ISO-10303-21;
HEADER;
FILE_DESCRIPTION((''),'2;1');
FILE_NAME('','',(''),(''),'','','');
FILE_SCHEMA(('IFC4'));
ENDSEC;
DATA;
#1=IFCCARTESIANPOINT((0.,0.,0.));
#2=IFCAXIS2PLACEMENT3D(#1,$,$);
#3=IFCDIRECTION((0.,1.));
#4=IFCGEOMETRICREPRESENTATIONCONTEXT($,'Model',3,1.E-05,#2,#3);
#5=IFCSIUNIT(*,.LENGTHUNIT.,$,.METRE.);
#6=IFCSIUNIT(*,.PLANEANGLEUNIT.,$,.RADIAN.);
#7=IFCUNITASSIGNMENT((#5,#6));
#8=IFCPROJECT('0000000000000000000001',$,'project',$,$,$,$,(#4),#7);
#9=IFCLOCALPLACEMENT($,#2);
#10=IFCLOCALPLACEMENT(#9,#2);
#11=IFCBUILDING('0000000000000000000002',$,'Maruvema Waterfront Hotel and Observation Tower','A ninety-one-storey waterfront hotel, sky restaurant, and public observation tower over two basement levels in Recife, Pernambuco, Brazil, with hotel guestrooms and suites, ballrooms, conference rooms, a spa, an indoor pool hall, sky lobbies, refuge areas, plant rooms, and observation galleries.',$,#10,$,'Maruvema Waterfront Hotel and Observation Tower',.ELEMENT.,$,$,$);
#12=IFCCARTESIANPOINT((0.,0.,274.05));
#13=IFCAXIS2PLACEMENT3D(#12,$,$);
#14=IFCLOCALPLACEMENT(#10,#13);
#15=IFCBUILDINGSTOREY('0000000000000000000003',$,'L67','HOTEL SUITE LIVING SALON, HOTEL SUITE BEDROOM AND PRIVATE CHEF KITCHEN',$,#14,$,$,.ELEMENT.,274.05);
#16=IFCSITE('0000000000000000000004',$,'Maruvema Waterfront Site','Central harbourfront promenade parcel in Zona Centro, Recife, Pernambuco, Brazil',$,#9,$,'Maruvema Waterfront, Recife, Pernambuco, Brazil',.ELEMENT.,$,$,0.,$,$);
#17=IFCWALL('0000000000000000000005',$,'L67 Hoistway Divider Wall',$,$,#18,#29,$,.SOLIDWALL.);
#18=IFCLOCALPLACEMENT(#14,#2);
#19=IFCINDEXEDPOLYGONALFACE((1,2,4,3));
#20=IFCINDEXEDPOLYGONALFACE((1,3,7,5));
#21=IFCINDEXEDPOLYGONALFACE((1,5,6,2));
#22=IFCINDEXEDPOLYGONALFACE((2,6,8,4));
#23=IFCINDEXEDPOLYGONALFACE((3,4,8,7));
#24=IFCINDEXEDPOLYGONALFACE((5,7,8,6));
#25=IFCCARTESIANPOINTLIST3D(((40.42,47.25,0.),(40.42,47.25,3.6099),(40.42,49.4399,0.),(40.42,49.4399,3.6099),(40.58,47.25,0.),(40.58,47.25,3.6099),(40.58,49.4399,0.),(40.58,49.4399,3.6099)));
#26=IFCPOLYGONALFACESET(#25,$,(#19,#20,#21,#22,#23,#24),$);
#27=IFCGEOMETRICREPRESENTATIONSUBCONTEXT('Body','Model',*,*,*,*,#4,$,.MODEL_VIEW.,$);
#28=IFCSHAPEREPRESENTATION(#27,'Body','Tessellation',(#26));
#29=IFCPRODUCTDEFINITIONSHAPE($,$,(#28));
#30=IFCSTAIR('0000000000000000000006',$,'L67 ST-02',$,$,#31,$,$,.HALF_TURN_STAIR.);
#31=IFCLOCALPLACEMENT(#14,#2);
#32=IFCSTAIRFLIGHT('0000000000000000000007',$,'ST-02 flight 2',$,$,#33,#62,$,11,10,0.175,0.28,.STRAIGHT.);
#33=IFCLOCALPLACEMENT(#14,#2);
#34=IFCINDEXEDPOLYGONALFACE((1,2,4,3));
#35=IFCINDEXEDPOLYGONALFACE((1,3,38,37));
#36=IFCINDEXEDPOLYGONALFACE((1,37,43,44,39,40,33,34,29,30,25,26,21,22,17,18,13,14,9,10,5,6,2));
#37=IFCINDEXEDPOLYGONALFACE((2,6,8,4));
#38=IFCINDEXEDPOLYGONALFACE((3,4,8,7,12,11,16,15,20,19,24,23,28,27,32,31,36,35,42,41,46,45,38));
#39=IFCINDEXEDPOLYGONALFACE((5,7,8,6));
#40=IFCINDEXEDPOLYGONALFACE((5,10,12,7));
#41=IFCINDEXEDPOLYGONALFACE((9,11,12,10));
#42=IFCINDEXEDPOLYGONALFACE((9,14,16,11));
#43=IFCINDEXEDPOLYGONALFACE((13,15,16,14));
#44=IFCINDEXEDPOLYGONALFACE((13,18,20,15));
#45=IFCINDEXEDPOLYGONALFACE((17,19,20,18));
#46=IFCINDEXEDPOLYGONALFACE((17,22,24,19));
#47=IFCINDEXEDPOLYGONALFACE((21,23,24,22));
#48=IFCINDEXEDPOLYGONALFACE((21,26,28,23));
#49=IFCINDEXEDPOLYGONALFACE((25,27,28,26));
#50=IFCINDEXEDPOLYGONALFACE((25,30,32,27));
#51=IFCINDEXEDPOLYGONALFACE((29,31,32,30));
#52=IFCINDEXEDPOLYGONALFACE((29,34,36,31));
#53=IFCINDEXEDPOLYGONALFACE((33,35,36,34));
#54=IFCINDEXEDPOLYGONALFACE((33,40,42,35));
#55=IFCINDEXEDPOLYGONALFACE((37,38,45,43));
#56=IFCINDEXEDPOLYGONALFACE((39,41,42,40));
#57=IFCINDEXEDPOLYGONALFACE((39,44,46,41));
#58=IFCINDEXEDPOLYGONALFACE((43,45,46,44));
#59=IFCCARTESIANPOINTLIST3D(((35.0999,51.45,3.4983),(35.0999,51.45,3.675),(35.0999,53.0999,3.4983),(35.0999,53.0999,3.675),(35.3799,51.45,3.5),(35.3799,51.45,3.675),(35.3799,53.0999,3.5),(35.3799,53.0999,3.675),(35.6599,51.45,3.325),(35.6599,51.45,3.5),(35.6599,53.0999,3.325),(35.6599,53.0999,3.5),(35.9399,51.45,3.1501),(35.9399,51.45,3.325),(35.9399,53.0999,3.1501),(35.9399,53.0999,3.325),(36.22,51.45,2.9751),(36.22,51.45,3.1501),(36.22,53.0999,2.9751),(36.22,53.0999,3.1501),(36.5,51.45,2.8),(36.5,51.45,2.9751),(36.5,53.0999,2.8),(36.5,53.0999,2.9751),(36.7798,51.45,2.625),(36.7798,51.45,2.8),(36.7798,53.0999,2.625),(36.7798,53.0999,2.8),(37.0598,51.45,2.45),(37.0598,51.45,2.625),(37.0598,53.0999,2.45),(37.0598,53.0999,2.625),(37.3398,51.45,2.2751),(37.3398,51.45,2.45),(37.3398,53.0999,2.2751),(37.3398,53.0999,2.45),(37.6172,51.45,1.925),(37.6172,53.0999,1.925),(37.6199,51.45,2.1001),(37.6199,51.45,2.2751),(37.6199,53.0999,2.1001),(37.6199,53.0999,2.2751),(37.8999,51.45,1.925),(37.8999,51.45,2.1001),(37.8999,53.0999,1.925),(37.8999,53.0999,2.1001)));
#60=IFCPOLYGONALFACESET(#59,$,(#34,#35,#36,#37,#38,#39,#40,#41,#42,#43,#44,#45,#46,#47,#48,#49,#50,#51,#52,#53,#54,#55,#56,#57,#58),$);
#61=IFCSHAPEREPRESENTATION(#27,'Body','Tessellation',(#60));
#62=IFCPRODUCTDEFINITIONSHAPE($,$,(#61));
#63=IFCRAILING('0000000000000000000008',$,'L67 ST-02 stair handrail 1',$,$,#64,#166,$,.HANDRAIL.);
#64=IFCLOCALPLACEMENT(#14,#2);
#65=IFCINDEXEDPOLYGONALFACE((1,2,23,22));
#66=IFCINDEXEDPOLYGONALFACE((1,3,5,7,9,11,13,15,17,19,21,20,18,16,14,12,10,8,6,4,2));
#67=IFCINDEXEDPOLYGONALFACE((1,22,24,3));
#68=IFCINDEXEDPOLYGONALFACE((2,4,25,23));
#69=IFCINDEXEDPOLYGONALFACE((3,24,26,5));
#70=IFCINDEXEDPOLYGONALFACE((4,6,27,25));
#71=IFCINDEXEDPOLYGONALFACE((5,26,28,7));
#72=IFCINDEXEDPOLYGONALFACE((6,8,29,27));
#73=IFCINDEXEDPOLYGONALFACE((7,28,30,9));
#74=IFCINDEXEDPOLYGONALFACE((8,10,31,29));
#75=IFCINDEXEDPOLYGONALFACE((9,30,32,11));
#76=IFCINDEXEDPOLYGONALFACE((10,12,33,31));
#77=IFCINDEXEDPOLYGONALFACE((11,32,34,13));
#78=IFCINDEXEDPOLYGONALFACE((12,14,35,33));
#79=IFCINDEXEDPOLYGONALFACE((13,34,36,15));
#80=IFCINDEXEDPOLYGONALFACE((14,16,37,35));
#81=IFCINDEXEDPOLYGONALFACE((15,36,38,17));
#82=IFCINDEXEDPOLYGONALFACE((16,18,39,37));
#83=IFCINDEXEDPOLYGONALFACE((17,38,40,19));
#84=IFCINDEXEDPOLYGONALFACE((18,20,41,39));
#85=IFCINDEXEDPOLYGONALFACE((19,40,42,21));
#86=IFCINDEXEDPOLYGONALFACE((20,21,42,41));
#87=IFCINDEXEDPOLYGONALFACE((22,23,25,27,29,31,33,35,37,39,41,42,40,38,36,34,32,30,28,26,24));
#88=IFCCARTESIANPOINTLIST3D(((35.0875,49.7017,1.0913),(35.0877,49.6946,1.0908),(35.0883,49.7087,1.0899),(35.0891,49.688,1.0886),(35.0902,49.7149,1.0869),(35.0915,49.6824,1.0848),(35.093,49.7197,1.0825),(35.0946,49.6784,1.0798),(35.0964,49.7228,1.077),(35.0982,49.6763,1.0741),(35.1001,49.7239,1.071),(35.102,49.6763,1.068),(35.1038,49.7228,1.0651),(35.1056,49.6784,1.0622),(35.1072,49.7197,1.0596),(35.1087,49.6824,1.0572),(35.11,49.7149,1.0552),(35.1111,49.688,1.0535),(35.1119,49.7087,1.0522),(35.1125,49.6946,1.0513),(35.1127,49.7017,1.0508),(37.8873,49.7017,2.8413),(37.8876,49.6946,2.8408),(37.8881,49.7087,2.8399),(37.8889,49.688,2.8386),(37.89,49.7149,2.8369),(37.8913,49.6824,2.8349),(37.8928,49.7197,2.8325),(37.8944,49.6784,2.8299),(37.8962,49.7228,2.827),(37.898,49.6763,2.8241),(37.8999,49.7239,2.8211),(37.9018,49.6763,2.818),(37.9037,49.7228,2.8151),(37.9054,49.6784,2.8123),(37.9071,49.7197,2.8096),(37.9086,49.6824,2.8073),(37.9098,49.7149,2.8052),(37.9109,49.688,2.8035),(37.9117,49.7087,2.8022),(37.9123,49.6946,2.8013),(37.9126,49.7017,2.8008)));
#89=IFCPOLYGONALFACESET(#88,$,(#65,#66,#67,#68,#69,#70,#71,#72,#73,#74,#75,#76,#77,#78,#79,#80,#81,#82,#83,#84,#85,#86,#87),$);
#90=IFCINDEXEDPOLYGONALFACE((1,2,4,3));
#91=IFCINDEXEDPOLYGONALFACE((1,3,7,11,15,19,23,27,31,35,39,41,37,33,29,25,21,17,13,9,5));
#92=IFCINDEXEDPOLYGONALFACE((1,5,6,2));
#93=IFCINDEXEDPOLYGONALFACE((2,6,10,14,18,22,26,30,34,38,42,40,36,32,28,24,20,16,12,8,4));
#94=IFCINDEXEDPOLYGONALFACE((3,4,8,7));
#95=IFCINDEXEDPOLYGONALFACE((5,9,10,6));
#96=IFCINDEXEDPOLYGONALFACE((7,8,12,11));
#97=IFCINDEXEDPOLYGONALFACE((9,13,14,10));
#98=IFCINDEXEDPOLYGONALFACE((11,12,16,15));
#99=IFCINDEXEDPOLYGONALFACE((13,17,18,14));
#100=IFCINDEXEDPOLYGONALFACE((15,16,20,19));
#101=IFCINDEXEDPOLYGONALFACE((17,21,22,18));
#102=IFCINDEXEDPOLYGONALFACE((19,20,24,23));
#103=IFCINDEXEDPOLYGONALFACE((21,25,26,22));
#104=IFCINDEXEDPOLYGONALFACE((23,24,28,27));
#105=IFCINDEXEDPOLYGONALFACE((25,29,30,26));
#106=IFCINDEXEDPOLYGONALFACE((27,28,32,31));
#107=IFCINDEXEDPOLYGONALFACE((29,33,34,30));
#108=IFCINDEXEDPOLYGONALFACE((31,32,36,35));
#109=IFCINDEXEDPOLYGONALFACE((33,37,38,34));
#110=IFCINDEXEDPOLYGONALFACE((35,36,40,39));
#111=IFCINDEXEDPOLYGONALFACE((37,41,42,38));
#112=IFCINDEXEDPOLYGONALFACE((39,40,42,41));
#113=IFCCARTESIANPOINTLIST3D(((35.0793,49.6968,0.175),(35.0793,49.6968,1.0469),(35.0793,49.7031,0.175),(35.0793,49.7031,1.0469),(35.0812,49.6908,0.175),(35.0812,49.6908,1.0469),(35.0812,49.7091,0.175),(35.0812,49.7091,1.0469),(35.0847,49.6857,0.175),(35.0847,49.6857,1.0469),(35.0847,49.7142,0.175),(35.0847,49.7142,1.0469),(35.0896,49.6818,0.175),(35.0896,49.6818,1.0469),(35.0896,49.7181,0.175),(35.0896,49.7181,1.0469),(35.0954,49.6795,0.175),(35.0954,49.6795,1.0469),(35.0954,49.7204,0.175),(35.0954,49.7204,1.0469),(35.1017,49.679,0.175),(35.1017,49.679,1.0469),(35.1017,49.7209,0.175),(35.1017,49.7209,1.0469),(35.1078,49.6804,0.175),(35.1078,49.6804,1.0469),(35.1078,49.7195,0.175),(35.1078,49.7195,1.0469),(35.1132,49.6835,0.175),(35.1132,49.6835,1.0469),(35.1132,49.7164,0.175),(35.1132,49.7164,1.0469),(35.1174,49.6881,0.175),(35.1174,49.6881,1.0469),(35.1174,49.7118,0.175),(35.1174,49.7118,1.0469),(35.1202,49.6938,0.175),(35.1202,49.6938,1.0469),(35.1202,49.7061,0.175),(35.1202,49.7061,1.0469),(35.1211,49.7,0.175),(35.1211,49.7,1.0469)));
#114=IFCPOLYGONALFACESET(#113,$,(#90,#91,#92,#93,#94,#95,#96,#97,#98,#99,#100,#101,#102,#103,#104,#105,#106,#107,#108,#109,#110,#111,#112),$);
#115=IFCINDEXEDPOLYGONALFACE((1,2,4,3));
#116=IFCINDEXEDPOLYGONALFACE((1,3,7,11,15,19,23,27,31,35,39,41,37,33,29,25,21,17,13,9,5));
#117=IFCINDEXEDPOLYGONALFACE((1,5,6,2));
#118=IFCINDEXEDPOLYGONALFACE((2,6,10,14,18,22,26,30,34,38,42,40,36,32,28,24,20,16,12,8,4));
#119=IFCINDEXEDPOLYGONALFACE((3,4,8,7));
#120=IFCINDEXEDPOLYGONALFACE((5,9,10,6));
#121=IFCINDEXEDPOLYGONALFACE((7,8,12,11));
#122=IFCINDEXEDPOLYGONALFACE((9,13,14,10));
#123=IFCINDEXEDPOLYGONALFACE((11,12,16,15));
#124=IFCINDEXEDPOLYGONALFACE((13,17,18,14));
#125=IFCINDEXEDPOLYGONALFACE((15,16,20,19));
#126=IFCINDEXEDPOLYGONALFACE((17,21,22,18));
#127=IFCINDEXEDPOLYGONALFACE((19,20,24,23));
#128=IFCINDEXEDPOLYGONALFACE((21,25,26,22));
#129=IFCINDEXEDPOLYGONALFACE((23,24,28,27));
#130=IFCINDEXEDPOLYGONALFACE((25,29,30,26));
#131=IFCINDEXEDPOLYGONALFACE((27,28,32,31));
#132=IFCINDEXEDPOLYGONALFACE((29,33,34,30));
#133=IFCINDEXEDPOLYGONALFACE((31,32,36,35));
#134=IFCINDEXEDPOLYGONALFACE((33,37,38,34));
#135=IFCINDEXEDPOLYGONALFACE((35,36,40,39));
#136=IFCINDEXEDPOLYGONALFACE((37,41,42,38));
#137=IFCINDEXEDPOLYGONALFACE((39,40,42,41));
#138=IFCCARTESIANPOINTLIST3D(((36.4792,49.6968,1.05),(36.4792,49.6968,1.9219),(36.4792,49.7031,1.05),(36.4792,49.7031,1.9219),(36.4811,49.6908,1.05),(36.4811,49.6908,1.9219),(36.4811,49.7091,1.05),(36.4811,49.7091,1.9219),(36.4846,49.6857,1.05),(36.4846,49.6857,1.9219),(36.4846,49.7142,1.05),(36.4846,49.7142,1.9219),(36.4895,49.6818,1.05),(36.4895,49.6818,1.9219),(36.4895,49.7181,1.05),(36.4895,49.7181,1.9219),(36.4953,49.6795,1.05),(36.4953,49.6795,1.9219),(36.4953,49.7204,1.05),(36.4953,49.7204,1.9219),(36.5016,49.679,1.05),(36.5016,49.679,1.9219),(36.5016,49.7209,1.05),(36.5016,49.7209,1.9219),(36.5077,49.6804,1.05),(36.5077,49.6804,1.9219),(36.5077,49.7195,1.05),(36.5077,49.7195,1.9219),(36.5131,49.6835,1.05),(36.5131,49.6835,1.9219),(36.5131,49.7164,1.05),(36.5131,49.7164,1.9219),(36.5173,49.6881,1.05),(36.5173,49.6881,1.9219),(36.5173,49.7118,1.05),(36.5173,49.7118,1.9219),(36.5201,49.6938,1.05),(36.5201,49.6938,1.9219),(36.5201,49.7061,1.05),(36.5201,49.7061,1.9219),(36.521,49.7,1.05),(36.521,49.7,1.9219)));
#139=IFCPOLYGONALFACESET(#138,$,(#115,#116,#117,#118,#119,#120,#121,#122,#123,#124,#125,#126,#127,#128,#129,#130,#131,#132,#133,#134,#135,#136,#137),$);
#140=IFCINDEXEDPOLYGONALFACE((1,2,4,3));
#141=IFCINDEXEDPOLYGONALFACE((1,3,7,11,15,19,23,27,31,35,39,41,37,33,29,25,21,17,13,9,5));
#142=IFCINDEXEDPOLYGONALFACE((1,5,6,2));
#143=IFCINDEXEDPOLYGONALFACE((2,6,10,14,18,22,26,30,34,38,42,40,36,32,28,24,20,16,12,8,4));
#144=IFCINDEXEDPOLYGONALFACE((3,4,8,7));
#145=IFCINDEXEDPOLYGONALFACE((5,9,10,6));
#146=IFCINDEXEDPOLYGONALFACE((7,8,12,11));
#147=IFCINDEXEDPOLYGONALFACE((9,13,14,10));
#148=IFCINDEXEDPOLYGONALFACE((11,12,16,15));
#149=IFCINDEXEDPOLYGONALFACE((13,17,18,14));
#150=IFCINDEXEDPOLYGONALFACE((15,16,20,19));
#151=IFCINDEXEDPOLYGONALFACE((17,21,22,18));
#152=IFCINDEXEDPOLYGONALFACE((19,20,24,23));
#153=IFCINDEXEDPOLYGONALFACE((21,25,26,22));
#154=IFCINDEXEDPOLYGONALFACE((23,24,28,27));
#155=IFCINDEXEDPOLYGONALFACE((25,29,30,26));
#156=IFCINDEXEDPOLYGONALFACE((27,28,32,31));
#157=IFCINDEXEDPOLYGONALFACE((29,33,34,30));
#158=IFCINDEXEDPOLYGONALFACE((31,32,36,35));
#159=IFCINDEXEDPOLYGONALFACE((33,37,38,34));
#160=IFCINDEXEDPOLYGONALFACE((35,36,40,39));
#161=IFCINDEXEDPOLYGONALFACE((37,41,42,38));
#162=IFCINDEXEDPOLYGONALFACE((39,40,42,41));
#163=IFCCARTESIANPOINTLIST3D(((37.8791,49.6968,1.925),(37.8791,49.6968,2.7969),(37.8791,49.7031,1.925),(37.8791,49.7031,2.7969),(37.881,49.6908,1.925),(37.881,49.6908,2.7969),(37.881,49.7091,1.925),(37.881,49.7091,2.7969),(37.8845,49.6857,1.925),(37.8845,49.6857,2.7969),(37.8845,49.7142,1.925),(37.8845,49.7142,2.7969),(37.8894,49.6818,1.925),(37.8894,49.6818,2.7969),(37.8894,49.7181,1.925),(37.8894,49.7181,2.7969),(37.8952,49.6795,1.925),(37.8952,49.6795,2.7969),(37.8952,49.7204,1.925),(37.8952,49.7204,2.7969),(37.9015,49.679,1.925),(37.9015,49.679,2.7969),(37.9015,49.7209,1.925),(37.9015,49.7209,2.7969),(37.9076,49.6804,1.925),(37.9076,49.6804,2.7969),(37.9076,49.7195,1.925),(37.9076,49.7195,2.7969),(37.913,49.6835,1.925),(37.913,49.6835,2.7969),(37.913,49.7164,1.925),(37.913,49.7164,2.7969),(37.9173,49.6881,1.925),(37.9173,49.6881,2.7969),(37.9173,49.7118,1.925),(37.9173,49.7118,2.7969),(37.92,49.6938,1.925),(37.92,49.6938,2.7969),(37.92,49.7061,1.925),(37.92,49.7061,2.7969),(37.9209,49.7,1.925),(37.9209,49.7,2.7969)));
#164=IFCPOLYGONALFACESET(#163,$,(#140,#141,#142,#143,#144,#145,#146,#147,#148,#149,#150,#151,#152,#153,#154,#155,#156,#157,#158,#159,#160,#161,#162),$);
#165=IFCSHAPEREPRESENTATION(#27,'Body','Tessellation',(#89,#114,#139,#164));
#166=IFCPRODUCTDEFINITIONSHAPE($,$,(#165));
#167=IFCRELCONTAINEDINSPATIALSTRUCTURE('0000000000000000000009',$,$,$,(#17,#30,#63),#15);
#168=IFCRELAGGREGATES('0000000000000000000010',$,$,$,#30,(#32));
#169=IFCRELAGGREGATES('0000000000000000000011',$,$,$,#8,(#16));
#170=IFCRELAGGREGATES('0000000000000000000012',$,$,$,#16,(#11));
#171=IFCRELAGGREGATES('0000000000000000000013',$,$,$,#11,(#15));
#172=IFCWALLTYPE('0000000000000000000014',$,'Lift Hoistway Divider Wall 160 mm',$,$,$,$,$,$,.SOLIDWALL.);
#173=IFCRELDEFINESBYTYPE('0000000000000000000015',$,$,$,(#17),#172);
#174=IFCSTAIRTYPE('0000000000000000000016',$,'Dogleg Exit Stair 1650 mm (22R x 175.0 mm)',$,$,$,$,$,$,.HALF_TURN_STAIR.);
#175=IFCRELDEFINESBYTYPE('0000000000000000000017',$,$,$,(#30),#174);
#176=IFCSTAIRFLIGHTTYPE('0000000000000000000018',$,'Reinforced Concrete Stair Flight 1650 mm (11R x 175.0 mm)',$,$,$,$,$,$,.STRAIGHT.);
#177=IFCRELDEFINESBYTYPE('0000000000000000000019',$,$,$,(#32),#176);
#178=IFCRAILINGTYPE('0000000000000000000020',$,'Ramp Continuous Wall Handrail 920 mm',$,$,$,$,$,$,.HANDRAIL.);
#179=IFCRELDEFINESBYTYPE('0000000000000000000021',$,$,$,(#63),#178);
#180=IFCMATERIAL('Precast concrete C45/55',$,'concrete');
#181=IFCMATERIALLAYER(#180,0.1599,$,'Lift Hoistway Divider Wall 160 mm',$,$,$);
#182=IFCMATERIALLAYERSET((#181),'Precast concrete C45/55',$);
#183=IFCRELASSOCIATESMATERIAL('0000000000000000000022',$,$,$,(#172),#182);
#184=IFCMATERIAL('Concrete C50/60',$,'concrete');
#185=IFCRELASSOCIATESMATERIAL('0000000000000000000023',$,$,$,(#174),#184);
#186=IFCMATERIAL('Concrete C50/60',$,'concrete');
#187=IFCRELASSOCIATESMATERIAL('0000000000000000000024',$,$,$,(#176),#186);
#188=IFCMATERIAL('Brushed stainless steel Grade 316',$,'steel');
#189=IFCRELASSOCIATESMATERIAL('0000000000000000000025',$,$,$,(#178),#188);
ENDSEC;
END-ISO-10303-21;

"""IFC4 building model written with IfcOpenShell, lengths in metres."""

from ifc_helpers import new_model, si_unit, direction, frame, frame_2d, origin, origin_2d, place, context, subcontext, project, spatial, polyline, rectangle, circle, outline, extrude, material, layer, layer_set, type_object, element, aggregate, save


model = new_model("IFC4")

# Units and contexts
model_context = context("Model", 3, precision=1e-05, world=origin(), true_north=direction((0.0, 1.0)))
body_context = subcontext(model_context, "Body", "Model", "MODEL_VIEW")
ifc_project = project(units=[si_unit("LENGTHUNIT", "METRE"), si_unit("PLANEANGLEUNIT", "RADIAN")], contexts=[model_context])

# Site, building, storey
site_placement = place(None, origin())
site = spatial("IfcSite", under=ifc_project, at=site_placement, Name="Maruvema Waterfront Site", Description="Central harbourfront promenade parcel in Zona Centro, Recife, Pernambuco, Brazil", LongName="Maruvema Waterfront, Recife, Pernambuco, Brazil", CompositionType="ELEMENT", RefElevation=0.0)
building_placement = place(site_placement, origin())
building = spatial("IfcBuilding", under=site, at=building_placement, Name="Maruvema Waterfront Hotel and Observation Tower", Description="A ninety-one-storey waterfront hotel, sky restaurant, and public observation tower over two basement levels in Recife, Pernambuco, Brazil, with hotel guestrooms and suites, ballrooms, conference rooms, a spa, an indoor pool hall, sky lobbies, refuge areas, plant rooms, and observation galleries.", LongName="Maruvema Waterfront Hotel and Observation Tower", CompositionType="ELEMENT")
storey_placement = place(building_placement, frame((0.0, 0.0, 274.05)))
storey = spatial("IfcBuildingStorey", under=building, at=storey_placement, Name="L67", Description="HOTEL SUITE LIVING SALON, HOTEL SUITE BEDROOM AND PRIVATE CHEF KITCHEN", CompositionType="ELEMENT", Elevation=274.05)

# Wall
ifc_material_1 = material(Name="Precast concrete C45/55", Category="concrete")
ifc_layer_1 = layer(ifc_material_1, 0.1599, Name="Lift Hoistway Divider Wall 160 mm")
ifc_layer_set_1 = layer_set([ifc_layer_1], Name="Precast concrete C45/55")
wall_type_1 = type_object("IfcWallType", Name="Lift Hoistway Divider Wall 160 mm", PredefinedType="SOLIDWALL", material=ifc_layer_set_1)
for number, where, z_axis, x_axis, name in (
    (1, (40.5, 47.25, 0.0), (0.0, 0.0, 1.0), (0.0, 1.0, 0.0), "L67 Hoistway Divider Wall"),
):
    element("IfcWall", number, at=place(storey_placement, frame(where, z_axis=z_axis, x_axis=x_axis)), inside=storey, type_object=wall_type_1, Name=name, PredefinedType="SOLIDWALL", context=body_context, shape_type="SweptSolid", body=[
        extrude(rectangle(XDim=2.1899, YDim=0.1599, at=frame_2d((1.095, 0.0))), origin(), (0.0, 0.0, 1.0), 3.6099),
    ])

# Stair, stair flight
ifc_material_2 = material(Name="Concrete C50/60", Category="concrete")
stair_type = type_object("IfcStairType", Name="Dogleg Exit Stair 1650 mm (22R x 175.0 mm)", PredefinedType="HALF_TURN_STAIR", material=ifc_material_2)
stair_placement = place(storey_placement, origin())
stair = element("IfcStair", 2, at=stair_placement, inside=storey, type_object=stair_type, Name="L67 ST-02", PredefinedType="HALF_TURN_STAIR")
ifc_material_3 = material(Name="Concrete C50/60", Category="concrete")
stair_flight_type = type_object("IfcStairFlightType", Name="Reinforced Concrete Stair Flight 1650 mm (11R x 175.0 mm)", PredefinedType="STRAIGHT", material=ifc_material_3)
stair_flight_placement = place(storey_placement, frame((37.8999, 52.2749, 1.925), z_axis=(0.0, 0.0, 1.0), x_axis=(-1.0, 0.0, 0.0)))
stair_flight = element("IfcStairFlight", 3, at=stair_flight_placement, type_object=stair_flight_type, Name="ST-02 flight 2", NumberOfRisers=11, NumberOfTreads=10, PredefinedType="STRAIGHT", RiserHeight=0.175, TreadLength=0.28, context=body_context, shape_type="SweptSolid", body=[
    extrude(outline(polyline([(0.0, 0.0), (0.0, 0.175), (0.28, 0.175), (0.28, 0.3501), (0.5601, 0.3501), (0.5601, 0.5249), (0.8401, 0.5249), (0.8401, 0.7), (1.1201, 0.7), (1.1201, 0.875), (1.3999, 0.875), (1.3999, 1.05), (1.6799, 1.05), (1.6799, 1.2251), (1.96, 1.2251), (1.96, 1.3999), (2.24, 1.3999), (2.24, 1.575), (2.52, 1.575), (2.52, 1.75), (2.8, 1.75), (2.8, 1.925), (2.8, 1.5732), (0.2827, 0.0), (0.0, 0.0)])), frame((0.0, 0.825, 0.0), z_axis=(0.0, -1.0, 0.0), x_axis=(1.0, 0.0, 0.0)), (0.0, 0.0, 1.0), 1.6499),
])
aggregate(stair, [stair_flight])

# Railing
ifc_material_4 = material(Name="Brushed stainless steel Grade 316", Category="steel")
railing_type_1 = type_object("IfcRailingType", Name="Ramp Continuous Wall Handrail 920 mm", PredefinedType="HANDRAIL", material=ifc_material_4)
railing_1_placement = place(storey_placement, frame((35.1001, 49.7, 0.175)))
element("IfcRailing", 4, at=railing_1_placement, inside=storey, type_object=railing_type_1, Name="L67 ST-02 stair handrail 1", PredefinedType="HANDRAIL", context=body_context, shape_type="SweptSolid", body=[
    extrude(circle(Radius=0.0239, at=origin_2d()), frame((0.0, 0.0, 0.896), z_axis=(0.847982, 0.0, 0.530026), x_axis=(0.0, 1.0, 0.0)), (0.0, 0.0, 1.0), 3.3018),
    extrude(circle(Radius=0.021, at=origin_2d()), origin(), (0.0, 0.0, 1.0), 0.8718),
    extrude(circle(Radius=0.021, at=origin_2d()), frame((1.3999, 0.0, 0.875)), (0.0, 0.0, 1.0), 0.8718),
    extrude(circle(Radius=0.021, at=origin_2d()), frame((2.7998, 0.0, 1.75)), (0.0, 0.0, 1.0), 0.8718),
])

save(model, "model.ifc")
